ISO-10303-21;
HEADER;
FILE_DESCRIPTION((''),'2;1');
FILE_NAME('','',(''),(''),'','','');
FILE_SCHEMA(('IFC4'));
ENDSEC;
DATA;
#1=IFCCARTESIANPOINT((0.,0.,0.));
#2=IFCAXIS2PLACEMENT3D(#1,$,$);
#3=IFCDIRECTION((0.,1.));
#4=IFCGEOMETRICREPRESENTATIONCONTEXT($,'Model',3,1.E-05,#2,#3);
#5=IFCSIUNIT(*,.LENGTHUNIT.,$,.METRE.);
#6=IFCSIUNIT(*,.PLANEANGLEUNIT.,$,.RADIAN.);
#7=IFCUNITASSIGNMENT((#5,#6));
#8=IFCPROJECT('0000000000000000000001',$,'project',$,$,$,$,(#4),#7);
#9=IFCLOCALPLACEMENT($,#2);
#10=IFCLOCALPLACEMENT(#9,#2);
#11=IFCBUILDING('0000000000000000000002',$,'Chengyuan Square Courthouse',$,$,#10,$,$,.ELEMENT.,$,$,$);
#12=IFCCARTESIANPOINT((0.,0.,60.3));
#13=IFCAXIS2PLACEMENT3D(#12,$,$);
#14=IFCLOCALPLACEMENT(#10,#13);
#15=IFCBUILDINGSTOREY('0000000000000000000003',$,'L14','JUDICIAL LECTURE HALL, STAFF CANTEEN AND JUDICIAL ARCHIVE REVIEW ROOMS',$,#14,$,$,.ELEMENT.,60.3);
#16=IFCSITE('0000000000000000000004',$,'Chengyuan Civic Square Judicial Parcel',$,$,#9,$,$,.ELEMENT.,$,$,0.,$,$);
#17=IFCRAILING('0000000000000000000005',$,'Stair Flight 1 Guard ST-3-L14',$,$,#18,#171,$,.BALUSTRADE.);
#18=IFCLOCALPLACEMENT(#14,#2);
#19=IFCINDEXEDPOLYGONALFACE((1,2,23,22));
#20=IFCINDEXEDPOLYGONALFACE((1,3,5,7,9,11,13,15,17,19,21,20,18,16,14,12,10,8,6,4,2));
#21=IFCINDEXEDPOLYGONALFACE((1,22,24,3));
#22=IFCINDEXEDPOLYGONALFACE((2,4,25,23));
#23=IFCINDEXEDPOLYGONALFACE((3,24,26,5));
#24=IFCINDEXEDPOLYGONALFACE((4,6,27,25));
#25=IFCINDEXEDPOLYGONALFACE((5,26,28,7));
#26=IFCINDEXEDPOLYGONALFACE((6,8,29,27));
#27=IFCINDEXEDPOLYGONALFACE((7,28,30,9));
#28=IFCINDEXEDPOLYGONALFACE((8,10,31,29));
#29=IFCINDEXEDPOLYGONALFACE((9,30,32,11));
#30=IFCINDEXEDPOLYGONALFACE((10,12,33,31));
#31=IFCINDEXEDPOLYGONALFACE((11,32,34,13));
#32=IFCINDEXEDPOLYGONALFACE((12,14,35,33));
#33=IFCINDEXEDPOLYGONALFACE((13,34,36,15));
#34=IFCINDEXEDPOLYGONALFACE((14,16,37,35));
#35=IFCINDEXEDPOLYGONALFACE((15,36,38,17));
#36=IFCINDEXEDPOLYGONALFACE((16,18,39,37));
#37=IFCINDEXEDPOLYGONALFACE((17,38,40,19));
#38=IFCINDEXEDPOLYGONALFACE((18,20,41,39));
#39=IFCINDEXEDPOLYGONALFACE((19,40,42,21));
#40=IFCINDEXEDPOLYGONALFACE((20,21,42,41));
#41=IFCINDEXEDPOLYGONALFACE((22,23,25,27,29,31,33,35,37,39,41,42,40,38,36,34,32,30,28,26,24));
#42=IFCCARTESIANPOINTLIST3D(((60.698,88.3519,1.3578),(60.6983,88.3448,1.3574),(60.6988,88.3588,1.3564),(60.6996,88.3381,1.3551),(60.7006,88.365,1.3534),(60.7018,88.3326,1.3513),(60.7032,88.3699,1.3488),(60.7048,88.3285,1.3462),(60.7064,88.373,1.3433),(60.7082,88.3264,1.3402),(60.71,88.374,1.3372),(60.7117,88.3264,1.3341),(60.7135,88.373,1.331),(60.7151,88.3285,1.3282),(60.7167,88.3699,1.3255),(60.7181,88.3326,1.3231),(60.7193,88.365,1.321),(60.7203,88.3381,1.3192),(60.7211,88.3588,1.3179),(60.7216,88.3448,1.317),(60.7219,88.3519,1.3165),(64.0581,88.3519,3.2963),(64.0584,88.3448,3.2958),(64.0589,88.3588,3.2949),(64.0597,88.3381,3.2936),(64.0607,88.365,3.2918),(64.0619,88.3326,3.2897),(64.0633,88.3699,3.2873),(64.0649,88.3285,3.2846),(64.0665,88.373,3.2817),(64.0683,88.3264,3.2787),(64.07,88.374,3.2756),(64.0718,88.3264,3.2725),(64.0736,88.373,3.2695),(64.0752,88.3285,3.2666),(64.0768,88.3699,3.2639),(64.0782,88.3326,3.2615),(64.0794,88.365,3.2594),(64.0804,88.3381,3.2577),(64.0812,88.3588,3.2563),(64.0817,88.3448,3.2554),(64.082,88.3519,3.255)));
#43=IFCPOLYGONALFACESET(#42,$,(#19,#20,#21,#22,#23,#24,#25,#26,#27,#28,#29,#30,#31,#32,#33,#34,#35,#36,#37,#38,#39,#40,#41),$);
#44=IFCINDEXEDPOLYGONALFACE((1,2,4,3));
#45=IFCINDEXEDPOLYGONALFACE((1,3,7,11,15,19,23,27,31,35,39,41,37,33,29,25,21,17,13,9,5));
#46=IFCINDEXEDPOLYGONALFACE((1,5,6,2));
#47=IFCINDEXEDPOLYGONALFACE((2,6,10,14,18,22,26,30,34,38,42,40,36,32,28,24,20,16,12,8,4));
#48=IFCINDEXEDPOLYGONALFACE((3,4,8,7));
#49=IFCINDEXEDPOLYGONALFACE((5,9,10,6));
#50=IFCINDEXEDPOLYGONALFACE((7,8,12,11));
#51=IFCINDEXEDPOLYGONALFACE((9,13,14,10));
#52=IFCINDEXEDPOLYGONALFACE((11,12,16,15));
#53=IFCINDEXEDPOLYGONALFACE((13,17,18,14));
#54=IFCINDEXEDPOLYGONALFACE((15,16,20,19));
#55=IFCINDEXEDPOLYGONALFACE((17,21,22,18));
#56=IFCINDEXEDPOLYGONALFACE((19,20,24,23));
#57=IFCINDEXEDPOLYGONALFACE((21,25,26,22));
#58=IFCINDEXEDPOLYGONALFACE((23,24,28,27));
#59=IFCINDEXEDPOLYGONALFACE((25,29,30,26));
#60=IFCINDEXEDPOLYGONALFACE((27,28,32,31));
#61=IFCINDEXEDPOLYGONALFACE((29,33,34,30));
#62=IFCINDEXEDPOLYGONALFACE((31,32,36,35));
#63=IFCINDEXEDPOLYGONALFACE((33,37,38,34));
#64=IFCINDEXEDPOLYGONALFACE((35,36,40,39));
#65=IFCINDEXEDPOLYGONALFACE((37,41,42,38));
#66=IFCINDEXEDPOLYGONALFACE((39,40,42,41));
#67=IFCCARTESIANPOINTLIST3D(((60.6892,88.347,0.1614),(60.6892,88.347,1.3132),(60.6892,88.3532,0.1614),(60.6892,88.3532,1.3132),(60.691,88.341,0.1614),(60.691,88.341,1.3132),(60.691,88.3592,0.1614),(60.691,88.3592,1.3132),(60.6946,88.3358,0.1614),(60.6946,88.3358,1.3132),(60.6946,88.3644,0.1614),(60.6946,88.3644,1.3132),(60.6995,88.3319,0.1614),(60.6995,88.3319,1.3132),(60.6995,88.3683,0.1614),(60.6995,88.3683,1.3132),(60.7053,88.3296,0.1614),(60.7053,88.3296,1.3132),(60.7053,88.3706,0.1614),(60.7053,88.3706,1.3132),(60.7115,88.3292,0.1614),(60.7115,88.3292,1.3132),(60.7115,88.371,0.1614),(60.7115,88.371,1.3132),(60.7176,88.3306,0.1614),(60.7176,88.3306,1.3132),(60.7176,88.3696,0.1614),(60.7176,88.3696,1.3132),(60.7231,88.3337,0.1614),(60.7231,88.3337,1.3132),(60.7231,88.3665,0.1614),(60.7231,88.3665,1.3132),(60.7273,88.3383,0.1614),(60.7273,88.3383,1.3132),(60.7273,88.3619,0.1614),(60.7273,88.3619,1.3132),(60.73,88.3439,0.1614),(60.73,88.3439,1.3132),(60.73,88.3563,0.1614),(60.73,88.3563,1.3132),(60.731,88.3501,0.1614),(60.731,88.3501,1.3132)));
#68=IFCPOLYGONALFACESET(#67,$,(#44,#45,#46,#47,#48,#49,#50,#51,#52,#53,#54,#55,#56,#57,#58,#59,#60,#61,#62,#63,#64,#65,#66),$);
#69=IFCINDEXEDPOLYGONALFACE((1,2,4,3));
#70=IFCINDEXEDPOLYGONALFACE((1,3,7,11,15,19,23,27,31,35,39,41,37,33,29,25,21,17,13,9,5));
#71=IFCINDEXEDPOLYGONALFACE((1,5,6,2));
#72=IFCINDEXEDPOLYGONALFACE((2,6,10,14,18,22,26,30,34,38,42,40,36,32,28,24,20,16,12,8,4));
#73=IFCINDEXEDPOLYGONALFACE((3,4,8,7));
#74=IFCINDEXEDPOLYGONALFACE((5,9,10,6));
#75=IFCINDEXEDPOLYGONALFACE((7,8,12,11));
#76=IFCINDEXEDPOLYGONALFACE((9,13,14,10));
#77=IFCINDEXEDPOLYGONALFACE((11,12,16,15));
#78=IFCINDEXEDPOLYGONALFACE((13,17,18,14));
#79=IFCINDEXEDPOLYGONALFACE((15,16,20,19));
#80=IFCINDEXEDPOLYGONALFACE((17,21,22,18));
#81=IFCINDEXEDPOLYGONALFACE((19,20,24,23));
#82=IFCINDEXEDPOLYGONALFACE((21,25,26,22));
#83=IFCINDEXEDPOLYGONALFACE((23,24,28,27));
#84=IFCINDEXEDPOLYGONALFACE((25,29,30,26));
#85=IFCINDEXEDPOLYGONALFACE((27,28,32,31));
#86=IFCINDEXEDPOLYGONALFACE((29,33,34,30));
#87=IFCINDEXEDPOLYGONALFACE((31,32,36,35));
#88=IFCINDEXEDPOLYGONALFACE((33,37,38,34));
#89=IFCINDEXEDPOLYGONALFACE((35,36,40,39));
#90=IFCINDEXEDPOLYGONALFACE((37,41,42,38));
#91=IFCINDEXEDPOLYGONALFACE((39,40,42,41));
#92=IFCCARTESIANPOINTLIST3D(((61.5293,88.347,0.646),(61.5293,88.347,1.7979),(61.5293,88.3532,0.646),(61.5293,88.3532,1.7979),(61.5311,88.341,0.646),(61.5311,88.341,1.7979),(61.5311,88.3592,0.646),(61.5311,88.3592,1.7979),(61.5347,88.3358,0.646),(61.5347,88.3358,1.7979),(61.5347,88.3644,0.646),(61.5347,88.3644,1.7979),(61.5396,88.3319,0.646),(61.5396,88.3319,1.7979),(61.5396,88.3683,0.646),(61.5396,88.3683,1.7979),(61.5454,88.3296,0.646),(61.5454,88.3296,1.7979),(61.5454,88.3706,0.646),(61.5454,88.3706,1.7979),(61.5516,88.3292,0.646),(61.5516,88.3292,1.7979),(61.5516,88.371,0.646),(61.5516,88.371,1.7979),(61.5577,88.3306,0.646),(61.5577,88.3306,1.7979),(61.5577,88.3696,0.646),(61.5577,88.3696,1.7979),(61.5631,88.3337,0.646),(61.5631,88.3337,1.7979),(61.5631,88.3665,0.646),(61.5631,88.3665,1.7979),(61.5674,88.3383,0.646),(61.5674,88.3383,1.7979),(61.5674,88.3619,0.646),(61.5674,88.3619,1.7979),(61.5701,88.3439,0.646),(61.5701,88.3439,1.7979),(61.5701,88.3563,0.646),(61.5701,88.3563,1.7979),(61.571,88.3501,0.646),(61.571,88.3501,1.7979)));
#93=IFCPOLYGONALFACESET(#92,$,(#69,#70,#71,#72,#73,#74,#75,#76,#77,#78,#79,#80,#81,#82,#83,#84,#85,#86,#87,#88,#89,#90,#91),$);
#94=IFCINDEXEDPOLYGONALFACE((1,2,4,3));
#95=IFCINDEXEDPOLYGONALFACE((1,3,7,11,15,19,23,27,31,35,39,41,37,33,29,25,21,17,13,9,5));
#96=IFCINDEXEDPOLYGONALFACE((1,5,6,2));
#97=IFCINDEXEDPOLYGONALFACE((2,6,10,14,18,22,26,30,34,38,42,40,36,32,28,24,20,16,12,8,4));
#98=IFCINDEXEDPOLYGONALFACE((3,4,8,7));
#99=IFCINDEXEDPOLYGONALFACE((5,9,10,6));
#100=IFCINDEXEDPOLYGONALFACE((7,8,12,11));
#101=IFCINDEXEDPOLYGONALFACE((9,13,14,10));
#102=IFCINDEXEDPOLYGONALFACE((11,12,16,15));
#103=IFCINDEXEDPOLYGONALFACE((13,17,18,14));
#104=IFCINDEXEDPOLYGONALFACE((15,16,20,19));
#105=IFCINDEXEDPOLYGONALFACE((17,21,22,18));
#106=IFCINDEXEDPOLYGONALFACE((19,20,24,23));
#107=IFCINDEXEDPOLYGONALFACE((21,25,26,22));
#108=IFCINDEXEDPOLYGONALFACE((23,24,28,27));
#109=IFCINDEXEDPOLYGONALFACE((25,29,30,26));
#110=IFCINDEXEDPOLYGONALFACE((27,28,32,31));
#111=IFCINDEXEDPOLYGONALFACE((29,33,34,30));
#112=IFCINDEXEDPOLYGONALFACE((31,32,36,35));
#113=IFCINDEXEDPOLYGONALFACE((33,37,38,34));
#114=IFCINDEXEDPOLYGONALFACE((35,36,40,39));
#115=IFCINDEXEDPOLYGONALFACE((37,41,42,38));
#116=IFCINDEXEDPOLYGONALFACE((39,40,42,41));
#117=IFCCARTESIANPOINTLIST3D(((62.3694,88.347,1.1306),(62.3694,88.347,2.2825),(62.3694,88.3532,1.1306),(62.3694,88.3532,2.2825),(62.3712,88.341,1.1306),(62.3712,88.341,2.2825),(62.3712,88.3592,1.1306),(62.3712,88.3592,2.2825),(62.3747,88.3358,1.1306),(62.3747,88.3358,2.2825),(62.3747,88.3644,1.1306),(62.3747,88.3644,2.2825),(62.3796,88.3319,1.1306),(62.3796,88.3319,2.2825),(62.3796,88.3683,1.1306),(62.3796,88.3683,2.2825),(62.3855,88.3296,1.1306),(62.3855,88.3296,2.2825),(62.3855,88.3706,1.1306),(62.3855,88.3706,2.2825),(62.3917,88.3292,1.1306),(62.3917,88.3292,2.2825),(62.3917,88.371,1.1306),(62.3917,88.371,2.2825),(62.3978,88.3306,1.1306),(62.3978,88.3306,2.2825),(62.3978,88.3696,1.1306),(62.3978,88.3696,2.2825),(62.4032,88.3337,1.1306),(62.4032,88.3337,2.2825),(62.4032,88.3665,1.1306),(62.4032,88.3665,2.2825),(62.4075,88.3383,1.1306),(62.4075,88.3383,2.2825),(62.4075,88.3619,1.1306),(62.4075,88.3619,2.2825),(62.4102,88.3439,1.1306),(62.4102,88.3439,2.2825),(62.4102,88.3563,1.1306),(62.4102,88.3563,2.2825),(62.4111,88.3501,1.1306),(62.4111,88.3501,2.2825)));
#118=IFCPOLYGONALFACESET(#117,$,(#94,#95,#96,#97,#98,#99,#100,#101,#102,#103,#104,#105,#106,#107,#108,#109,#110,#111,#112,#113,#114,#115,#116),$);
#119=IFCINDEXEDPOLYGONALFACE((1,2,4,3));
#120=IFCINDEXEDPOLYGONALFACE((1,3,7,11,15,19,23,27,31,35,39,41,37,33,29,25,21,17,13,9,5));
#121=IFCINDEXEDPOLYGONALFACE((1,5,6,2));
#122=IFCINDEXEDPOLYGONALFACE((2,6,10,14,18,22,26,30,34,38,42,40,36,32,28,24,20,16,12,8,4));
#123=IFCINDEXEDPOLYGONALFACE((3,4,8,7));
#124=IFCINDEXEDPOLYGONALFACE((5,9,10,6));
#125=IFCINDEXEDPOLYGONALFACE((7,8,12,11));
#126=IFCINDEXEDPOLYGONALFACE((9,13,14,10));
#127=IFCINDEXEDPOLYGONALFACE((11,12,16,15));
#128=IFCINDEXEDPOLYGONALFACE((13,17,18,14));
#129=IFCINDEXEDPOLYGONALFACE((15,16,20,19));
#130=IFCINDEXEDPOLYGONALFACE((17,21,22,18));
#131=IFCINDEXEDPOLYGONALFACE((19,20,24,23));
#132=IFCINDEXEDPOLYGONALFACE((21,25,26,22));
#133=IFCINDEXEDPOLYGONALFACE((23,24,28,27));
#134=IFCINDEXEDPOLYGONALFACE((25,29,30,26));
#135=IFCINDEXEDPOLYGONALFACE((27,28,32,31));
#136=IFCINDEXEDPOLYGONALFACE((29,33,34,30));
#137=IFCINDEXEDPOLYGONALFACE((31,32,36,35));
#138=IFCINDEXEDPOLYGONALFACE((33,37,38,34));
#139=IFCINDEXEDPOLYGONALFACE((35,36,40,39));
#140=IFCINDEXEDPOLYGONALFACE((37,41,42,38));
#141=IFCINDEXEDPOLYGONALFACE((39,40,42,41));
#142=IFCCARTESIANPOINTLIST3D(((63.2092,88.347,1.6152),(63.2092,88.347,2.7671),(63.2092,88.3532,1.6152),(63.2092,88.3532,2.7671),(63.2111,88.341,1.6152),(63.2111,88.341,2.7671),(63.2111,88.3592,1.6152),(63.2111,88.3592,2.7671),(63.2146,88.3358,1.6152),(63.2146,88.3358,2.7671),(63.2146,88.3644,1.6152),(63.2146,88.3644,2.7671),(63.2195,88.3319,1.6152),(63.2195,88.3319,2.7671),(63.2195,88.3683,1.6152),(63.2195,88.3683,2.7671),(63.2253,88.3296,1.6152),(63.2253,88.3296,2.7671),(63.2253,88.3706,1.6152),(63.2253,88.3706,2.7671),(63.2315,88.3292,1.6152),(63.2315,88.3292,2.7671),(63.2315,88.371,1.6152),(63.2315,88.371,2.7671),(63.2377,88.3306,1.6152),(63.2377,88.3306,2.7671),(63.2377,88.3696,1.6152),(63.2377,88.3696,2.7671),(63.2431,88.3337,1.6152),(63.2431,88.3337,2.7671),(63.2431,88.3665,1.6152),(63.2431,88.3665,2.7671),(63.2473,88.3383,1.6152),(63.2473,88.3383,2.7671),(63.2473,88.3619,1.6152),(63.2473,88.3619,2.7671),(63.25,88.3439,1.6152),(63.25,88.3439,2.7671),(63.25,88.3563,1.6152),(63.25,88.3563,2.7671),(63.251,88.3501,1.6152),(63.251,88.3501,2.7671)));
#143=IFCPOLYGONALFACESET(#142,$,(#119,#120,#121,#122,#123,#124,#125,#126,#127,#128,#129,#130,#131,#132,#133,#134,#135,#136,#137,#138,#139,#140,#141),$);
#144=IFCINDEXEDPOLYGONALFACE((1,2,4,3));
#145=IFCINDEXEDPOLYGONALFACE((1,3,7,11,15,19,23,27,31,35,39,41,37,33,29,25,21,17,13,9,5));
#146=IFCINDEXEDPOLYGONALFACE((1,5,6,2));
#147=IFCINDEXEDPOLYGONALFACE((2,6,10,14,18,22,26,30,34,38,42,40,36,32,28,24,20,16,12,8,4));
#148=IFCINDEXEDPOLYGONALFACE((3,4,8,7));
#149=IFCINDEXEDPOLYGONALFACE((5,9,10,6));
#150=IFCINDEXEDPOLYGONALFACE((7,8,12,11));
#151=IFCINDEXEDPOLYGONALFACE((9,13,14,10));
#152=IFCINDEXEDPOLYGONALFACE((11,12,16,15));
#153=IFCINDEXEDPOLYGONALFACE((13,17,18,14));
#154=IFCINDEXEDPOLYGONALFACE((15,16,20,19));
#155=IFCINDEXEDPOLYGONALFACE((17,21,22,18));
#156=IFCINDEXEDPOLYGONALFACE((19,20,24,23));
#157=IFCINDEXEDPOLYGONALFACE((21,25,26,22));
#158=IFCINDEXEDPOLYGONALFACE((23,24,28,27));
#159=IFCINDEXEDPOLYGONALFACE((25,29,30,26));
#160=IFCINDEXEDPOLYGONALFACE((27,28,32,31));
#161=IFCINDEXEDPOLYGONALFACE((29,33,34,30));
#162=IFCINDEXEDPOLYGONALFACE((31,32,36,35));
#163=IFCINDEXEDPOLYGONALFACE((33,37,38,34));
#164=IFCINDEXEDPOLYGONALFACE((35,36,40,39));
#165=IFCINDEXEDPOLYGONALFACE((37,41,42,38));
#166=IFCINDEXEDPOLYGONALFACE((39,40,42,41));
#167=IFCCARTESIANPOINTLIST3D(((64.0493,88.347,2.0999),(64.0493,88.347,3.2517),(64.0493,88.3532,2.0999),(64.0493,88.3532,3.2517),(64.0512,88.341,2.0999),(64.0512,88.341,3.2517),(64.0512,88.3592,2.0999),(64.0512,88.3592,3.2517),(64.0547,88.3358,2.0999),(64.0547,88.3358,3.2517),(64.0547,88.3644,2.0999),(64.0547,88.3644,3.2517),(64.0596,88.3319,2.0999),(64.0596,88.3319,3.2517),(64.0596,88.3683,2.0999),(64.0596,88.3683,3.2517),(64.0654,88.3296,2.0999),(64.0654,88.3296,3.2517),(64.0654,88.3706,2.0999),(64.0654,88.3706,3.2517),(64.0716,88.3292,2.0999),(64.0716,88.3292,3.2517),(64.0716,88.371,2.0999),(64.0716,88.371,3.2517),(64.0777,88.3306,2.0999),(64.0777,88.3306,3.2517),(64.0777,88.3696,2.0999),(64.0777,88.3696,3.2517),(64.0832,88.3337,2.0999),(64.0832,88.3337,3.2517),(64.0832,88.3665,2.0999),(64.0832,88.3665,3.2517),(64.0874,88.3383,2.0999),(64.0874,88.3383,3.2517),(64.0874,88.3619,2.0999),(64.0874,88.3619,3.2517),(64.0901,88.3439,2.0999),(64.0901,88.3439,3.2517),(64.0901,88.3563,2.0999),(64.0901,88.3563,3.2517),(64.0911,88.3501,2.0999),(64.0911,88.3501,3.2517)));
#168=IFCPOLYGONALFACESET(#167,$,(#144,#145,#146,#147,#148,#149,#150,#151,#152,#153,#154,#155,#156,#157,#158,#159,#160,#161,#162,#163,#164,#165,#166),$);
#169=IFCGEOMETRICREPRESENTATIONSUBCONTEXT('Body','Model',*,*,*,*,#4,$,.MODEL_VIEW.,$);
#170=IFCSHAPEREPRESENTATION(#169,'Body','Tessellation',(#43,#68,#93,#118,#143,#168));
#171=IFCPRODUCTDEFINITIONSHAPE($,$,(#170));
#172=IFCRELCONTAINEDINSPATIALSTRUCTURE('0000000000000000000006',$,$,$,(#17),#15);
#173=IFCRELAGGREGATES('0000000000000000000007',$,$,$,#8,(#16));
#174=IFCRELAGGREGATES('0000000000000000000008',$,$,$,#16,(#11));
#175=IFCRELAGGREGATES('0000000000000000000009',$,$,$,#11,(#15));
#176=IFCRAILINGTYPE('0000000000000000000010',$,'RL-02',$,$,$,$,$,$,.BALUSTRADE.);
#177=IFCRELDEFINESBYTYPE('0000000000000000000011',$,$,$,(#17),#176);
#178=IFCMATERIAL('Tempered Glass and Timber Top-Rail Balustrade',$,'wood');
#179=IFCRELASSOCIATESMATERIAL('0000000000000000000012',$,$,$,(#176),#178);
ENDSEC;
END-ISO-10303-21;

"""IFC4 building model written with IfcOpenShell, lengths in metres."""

from ifc_helpers import new_model, si_unit, direction, frame, origin, origin_2d, place, context, subcontext, project, spatial, circle, extrude, material, type_object, element, save


model = new_model("IFC4")

# Units and contexts
model_context = context("Model", 3, precision=1e-05, world=origin(), true_north=direction((0.0, 1.0)))
body_context = subcontext(model_context, "Body", "Model", "MODEL_VIEW")
ifc_project = project(units=[si_unit("LENGTHUNIT", "METRE"), si_unit("PLANEANGLEUNIT", "RADIAN")], contexts=[model_context])

# Site, building, storey
site_placement = place(None, origin())
site = spatial("IfcSite", under=ifc_project, at=site_placement, Name="Chengyuan Civic Square Judicial Parcel", CompositionType="ELEMENT", RefElevation=0.0)
building_placement = place(site_placement, origin())
building = spatial("IfcBuilding", under=site, at=building_placement, Name="Chengyuan Square Courthouse", CompositionType="ELEMENT")
storey_placement = place(building_placement, frame((0.0, 0.0, 60.3)))
storey = spatial("IfcBuildingStorey", under=building, at=storey_placement, Name="L14", Description="JUDICIAL LECTURE HALL, STAFF CANTEEN AND JUDICIAL ARCHIVE REVIEW ROOMS", CompositionType="ELEMENT", Elevation=60.3)

# Railing
ifc_material_1 = material(Name="Tempered Glass and Timber Top-Rail Balustrade", Category="wood")
railing_type_1 = type_object("IfcRailingType", Name="RL-02", PredefinedType="BALUSTRADE", material=ifc_material_1)
railing_1_placement = place(storey_placement, frame((60.71, 88.3501, 0.1614)))
element("IfcRailing", 1, at=railing_1_placement, inside=storey, type_object=railing_type_1, Name="Stair Flight 1 Guard ST-3-L14", PredefinedType="BALUSTRADE", context=body_context, shape_type="SweptSolid", body=[
    extrude(circle(Radius=0.0239, at=origin_2d()), frame((0.0, 0.0, 1.1758), z_axis=(0.866191, 0.0, 0.499713), x_axis=(0.0, 1.0, 0.0)), (0.0, 0.0, 1.0), 3.8792),
    extrude(circle(Radius=0.021, at=origin_2d()), origin(), (0.0, 0.0, 1.0), 1.1519),
    extrude(circle(Radius=0.021, at=origin_2d()), frame((0.8401, 0.0, 0.4846)), (0.0, 0.0, 1.0), 1.1519),
    extrude(circle(Radius=0.021, at=origin_2d()), frame((1.6802, 0.0, 0.9692)), (0.0, 0.0, 1.0), 1.1519),
    extrude(circle(Radius=0.021, at=origin_2d()), frame((2.52, 0.0, 1.4539)), (0.0, 0.0, 1.0), 1.1519),
    extrude(circle(Radius=0.021, at=origin_2d()), frame((3.3601, 0.0, 1.9385)), (0.0, 0.0, 1.0), 1.1519),
])

save(model, "model.ifc")
